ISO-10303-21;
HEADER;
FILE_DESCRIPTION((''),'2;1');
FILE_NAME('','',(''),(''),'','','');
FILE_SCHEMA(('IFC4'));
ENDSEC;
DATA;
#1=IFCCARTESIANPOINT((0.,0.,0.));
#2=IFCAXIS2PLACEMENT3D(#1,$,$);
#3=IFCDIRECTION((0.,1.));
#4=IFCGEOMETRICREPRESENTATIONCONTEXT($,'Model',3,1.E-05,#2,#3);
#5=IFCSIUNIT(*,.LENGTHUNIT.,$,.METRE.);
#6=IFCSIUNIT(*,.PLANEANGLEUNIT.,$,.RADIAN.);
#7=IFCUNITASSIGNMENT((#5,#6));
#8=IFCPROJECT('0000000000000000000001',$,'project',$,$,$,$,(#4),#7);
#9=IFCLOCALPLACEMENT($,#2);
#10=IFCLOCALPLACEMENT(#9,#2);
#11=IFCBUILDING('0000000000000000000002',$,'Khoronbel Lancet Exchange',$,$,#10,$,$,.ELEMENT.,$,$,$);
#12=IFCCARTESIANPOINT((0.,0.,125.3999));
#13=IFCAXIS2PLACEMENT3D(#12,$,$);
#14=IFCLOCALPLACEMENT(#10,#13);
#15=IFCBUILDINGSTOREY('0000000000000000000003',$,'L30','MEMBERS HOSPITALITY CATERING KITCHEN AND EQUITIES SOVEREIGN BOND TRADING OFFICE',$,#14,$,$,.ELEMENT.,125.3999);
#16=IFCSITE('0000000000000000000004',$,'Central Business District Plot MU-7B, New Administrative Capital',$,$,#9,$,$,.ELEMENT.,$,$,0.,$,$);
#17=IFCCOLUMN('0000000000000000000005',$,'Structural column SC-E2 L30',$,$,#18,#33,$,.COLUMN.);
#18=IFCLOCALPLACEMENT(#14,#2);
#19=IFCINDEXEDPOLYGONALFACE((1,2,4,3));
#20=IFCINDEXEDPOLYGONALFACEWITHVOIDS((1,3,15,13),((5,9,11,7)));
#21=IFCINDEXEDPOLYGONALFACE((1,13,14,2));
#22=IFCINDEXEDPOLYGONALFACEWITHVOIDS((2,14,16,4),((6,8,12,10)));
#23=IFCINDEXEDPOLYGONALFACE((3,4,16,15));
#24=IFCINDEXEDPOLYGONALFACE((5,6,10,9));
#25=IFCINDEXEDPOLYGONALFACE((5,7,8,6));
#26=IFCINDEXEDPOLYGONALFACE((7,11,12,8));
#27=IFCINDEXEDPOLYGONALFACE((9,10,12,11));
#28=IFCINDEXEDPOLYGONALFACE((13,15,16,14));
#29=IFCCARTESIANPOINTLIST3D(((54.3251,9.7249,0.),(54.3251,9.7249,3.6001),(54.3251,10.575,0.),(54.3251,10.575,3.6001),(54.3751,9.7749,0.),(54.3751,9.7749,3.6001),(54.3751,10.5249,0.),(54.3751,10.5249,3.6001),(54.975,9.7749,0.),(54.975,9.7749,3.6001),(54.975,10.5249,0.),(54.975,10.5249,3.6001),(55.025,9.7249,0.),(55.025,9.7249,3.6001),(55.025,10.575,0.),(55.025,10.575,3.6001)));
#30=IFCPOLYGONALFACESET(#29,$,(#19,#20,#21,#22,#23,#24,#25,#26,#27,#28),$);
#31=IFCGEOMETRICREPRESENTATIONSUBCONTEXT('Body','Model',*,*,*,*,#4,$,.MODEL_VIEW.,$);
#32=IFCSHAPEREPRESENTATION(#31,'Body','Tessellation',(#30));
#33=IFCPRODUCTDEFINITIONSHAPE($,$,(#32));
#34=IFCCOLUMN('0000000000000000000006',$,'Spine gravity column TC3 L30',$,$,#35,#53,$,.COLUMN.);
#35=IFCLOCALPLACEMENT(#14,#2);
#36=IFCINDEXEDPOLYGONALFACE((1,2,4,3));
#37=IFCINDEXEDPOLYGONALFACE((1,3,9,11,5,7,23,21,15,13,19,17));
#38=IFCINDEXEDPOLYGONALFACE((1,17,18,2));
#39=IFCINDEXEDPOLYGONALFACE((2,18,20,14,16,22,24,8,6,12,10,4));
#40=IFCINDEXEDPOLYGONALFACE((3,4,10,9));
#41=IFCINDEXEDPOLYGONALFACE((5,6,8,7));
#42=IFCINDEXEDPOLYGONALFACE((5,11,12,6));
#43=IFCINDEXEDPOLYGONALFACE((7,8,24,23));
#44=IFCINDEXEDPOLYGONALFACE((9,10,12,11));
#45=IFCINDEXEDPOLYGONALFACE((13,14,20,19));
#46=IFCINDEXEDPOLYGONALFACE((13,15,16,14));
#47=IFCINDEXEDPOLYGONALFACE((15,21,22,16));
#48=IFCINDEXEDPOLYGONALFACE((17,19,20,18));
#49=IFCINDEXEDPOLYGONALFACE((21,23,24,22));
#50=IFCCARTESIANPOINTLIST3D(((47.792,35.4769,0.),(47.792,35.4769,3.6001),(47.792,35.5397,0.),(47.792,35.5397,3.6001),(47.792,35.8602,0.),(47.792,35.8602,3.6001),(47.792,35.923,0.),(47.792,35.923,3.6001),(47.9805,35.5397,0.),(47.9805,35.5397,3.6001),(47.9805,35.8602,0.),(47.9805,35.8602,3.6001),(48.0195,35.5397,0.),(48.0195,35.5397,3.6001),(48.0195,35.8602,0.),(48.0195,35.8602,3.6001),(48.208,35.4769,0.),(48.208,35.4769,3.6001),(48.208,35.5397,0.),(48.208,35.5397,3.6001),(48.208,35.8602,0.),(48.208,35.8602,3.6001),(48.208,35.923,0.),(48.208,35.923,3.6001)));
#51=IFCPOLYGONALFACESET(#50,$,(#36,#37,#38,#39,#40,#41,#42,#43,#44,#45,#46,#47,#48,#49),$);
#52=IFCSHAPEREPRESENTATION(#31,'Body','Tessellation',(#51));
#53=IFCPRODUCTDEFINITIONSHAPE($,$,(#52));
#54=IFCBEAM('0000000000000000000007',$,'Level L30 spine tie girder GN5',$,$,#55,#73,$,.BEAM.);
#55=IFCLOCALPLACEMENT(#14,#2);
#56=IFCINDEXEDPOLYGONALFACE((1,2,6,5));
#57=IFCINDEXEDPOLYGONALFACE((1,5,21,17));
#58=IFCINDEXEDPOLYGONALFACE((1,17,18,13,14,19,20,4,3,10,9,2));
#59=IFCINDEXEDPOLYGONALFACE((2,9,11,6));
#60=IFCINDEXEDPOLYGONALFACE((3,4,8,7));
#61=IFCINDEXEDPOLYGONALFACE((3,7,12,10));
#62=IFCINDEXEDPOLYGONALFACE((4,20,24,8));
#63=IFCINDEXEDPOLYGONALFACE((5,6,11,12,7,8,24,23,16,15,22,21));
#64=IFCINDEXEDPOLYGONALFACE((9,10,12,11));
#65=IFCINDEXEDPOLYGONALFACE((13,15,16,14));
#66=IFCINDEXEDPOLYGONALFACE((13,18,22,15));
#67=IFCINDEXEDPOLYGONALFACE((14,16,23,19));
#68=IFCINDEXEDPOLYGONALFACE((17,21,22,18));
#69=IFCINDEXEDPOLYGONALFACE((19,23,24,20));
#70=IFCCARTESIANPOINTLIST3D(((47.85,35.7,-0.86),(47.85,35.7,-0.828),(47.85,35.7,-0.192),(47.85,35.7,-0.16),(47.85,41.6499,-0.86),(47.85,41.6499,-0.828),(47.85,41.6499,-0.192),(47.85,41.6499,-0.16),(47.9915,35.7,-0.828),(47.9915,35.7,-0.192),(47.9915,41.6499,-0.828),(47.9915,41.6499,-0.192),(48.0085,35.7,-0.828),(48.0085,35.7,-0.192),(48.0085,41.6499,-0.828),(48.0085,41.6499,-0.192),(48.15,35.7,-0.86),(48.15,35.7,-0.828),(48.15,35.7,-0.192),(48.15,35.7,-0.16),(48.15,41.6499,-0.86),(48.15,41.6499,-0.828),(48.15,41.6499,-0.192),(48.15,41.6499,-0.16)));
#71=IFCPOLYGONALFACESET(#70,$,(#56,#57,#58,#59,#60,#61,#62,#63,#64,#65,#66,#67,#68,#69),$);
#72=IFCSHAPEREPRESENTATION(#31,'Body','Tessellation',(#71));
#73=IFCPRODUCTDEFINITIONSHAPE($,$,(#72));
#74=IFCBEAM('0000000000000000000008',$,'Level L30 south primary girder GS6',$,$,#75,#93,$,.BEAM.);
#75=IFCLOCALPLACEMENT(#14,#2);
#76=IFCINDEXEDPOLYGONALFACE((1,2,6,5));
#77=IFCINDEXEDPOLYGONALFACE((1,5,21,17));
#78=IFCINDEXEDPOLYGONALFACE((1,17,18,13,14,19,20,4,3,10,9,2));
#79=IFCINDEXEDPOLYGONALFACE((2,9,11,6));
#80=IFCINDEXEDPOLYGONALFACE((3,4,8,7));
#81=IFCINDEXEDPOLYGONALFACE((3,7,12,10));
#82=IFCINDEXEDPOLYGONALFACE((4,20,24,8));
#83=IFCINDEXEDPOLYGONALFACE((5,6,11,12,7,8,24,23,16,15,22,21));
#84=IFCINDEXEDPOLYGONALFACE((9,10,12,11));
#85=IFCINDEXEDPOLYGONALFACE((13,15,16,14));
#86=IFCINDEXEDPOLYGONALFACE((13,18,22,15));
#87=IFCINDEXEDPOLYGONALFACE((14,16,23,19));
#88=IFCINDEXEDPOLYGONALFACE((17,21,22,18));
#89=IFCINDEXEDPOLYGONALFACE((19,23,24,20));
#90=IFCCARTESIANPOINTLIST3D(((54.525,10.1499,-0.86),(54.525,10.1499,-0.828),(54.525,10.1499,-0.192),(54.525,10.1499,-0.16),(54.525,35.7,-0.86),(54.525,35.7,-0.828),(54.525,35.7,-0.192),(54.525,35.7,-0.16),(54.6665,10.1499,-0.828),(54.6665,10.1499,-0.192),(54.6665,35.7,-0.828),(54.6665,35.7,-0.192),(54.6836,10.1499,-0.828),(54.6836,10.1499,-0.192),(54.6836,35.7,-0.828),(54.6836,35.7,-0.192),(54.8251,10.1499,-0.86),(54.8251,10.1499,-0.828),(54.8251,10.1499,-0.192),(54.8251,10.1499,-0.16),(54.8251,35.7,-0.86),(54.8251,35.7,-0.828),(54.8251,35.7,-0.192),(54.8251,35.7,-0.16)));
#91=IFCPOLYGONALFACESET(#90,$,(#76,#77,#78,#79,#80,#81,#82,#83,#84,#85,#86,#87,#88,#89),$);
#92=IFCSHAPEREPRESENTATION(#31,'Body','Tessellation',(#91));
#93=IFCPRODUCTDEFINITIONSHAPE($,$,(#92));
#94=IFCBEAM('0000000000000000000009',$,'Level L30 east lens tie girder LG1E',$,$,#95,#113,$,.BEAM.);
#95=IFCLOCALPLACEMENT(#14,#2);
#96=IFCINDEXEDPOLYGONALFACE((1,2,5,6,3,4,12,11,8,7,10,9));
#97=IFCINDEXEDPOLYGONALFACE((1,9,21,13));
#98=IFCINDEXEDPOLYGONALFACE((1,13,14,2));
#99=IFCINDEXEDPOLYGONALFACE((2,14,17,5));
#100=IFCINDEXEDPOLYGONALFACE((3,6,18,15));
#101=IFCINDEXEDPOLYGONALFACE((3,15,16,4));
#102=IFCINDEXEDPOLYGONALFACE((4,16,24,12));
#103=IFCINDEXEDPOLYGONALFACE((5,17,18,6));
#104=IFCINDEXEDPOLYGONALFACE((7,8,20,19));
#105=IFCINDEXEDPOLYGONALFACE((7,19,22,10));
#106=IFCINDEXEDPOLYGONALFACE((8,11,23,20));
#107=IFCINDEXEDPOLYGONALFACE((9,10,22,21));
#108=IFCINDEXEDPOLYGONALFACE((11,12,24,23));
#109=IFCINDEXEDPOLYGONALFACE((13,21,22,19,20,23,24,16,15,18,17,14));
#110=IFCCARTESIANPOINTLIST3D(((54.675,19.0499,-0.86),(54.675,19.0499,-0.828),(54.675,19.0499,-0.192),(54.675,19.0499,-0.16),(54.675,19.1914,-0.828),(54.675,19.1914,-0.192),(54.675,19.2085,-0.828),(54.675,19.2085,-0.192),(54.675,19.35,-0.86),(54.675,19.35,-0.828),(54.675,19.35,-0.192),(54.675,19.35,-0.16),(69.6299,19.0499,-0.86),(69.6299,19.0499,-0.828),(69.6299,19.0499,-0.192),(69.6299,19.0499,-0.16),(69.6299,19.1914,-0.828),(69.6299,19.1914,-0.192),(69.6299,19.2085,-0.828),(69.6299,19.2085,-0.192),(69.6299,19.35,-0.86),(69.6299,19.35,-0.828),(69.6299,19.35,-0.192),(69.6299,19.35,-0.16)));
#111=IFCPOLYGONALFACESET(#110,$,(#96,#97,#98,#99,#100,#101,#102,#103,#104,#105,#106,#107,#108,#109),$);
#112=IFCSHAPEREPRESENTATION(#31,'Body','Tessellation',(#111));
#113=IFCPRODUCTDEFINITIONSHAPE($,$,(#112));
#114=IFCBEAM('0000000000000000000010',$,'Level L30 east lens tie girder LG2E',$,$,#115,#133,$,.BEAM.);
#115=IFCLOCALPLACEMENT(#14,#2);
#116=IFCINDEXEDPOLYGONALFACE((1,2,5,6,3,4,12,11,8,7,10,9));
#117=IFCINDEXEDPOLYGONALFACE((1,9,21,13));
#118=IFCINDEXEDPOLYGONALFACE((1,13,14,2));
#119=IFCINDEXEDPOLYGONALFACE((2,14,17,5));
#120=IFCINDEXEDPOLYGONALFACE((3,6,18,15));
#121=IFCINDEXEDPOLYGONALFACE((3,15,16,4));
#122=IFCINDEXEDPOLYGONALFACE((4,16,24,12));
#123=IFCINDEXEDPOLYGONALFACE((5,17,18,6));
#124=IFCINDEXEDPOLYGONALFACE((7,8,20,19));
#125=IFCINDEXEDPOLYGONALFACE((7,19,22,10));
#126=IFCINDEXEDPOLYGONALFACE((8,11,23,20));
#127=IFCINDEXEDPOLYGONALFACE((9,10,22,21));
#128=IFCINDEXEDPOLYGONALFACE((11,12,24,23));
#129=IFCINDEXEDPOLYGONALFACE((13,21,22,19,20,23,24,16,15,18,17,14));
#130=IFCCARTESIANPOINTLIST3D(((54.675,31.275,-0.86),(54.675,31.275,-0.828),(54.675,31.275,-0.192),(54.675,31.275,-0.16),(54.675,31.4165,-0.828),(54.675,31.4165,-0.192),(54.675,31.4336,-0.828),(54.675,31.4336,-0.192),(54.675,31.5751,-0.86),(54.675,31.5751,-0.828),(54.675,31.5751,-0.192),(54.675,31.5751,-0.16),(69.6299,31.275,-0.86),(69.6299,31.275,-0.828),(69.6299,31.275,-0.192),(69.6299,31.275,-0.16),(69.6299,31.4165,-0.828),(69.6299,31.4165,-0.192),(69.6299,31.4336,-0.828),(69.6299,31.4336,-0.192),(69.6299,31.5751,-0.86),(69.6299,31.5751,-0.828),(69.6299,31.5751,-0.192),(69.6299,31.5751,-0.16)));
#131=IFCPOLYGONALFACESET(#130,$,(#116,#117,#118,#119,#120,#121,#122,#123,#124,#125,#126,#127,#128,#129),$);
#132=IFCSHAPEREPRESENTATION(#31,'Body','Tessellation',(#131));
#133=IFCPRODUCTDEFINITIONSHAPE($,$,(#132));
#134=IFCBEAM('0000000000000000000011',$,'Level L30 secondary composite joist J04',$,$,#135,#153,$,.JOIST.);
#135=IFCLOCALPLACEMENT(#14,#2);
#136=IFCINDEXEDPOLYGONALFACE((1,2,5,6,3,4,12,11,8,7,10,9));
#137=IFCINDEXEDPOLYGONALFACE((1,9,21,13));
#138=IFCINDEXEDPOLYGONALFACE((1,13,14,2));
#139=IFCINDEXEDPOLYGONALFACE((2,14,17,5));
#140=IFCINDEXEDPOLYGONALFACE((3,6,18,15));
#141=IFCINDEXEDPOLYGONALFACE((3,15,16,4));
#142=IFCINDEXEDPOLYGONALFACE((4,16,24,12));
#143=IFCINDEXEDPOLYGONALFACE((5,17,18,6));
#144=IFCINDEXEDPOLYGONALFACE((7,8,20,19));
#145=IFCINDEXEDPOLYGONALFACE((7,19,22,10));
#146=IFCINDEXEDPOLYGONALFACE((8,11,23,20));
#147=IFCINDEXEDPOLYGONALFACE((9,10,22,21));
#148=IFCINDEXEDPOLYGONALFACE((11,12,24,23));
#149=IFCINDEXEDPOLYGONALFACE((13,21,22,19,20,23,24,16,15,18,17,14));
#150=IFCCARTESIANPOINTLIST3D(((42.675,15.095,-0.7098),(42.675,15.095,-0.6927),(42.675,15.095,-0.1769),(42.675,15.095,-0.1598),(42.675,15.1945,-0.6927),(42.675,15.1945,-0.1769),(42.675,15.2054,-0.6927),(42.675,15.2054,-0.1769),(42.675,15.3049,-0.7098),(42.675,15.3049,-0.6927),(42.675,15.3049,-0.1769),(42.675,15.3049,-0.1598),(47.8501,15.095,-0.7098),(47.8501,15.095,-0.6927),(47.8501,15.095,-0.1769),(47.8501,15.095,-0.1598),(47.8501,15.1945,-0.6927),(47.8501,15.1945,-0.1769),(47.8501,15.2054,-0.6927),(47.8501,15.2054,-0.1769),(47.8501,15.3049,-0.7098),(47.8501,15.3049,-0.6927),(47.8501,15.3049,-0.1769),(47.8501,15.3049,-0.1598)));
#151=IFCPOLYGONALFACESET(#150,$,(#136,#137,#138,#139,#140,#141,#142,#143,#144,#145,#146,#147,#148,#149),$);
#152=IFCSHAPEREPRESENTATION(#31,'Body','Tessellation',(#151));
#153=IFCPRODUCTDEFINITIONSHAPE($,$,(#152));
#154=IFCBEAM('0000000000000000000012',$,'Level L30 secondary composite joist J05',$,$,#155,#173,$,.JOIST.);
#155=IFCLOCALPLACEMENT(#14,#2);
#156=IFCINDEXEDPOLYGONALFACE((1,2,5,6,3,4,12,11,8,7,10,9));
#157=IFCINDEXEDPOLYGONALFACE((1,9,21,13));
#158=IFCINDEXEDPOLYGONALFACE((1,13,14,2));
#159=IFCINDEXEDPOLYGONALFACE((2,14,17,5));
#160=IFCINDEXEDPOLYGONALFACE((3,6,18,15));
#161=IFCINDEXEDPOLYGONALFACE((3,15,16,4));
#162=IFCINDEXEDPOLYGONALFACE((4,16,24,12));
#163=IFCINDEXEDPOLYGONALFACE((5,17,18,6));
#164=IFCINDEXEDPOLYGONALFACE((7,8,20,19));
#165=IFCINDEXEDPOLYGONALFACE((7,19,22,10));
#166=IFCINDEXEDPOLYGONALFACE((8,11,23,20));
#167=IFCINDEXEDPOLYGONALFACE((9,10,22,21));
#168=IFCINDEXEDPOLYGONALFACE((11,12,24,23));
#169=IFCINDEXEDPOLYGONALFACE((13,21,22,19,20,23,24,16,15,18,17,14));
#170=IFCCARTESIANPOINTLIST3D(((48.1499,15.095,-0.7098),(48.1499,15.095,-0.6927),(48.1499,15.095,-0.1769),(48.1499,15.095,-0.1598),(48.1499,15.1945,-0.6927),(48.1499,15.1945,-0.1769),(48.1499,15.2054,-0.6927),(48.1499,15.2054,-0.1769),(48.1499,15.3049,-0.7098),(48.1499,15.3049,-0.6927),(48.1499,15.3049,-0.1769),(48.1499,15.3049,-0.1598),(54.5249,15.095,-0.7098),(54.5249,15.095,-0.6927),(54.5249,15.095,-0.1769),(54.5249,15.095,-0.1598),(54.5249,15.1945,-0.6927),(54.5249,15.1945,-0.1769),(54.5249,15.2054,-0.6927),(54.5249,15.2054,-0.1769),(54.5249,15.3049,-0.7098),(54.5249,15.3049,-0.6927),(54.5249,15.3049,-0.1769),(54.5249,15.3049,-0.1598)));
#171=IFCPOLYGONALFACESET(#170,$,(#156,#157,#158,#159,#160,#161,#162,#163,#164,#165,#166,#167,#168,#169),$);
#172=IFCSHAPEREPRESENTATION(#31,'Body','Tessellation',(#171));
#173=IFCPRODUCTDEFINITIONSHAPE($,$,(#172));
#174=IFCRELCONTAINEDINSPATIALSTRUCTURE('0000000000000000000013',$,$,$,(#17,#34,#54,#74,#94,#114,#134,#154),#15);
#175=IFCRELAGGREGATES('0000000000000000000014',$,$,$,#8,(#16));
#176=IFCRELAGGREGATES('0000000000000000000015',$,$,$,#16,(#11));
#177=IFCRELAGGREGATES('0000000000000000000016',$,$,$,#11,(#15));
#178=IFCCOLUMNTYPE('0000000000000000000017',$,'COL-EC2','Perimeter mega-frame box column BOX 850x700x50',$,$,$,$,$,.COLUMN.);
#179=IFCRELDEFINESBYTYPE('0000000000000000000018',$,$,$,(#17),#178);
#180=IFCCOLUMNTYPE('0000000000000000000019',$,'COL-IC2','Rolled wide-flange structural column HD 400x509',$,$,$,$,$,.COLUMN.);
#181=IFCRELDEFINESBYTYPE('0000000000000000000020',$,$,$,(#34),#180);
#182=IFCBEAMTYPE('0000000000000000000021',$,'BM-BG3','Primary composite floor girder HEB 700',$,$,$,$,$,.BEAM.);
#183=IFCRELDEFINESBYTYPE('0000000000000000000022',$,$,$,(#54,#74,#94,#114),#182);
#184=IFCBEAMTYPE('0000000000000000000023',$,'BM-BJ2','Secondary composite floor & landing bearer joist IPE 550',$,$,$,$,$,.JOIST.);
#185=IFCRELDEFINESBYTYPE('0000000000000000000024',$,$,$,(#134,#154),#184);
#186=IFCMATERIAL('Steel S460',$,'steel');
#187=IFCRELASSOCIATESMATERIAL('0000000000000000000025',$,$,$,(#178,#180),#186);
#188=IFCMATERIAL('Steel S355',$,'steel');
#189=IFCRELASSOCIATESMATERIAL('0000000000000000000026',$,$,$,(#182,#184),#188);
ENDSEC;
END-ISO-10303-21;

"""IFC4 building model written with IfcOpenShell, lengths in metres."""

from ifc_helpers import new_model, si_unit, direction, frame, origin, origin_2d, place, context, subcontext, project, spatial, hollow_rectangle, i_section, extrude, material, material_profile, profile_set, type_object, element, save


model = new_model("IFC4")

# Units and contexts
model_context = context("Model", 3, precision=1e-05, world=origin(), true_north=direction((0.0, 1.0)))
body_context = subcontext(model_context, "Body", "Model", "MODEL_VIEW")
ifc_project = project(units=[si_unit("LENGTHUNIT", "METRE"), si_unit("PLANEANGLEUNIT", "RADIAN")], contexts=[model_context])

# Site, building, storey
site_placement = place(None, origin())
site = spatial("IfcSite", under=ifc_project, at=site_placement, Name="Central Business District Plot MU-7B, New Administrative Capital", CompositionType="ELEMENT", RefElevation=0.0)
building_placement = place(site_placement, origin())
building = spatial("IfcBuilding", under=site, at=building_placement, Name="Khoronbel Lancet Exchange", CompositionType="ELEMENT")
storey_placement = place(building_placement, frame((0.0, 0.0, 125.3999)))
storey = spatial("IfcBuildingStorey", under=building, at=storey_placement, Name="L30", Description="MEMBERS HOSPITALITY CATERING KITCHEN AND EQUITIES SOVEREIGN BOND TRADING OFFICE", CompositionType="ELEMENT", Elevation=125.3999)

# Columns
ifc_material_1 = material(Name="Steel S460", Category="steel")
ifc_material_profile_1 = material_profile(ifc_material_1, hollow_rectangle(XDim=0.7, YDim=0.8501, WallThickness=0.05, at=origin_2d()), Name="BOX 850x700x50")
ifc_profile_set_1 = profile_set([ifc_material_profile_1], Name="Steel S460")
column_type_1 = type_object("IfcColumnType", Name="COL-EC2", Description="Perimeter mega-frame box column BOX 850x700x50", PredefinedType="COLUMN", material=ifc_profile_set_1)
column_1_placement = place(storey_placement, frame((54.675, 10.1499, 0.0), z_axis=(0.0, 0.0, 1.0), x_axis=(1.0, 0.0, 0.0)))
element("IfcColumn", 1, at=column_1_placement, inside=storey, type_object=column_type_1, Name="Structural column SC-E2 L30", PredefinedType="COLUMN", context=body_context, shape_type="SweptSolid", body=[
    extrude(hollow_rectangle(XDim=0.7, YDim=0.8501, WallThickness=0.05, at=origin_2d()), origin(), (0.0, 0.0, 1.0), 3.6001),
])
ifc_material_profile_2 = material_profile(ifc_material_1, i_section(OverallWidth=0.416, OverallDepth=0.446, WebThickness=0.0391, FlangeThickness=0.0627, at=origin_2d()), Name="HD 400x509")
ifc_profile_set_2 = profile_set([ifc_material_profile_2], Name="Steel S460")
column_type_2 = type_object("IfcColumnType", Name="COL-IC2", Description="Rolled wide-flange structural column HD 400x509", PredefinedType="COLUMN", material=ifc_profile_set_2)
column_2_placement = place(storey_placement, frame((48.0, 35.7, 0.0), z_axis=(0.0, 0.0, 1.0), x_axis=(1.0, 0.0, 0.0)))
element("IfcColumn", 2, at=column_2_placement, inside=storey, type_object=column_type_2, Name="Spine gravity column TC3 L30", PredefinedType="COLUMN", context=body_context, shape_type="SweptSolid", body=[
    extrude(i_section(OverallWidth=0.416, OverallDepth=0.446, WebThickness=0.0391, FlangeThickness=0.0627, at=origin_2d()), origin(), (0.0, 0.0, 1.0), 3.6001),
])

# Beams
ifc_material_2 = material(Name="Steel S355", Category="steel")
ifc_material_profile_3 = material_profile(ifc_material_2, i_section(OverallWidth=0.3, OverallDepth=0.7, WebThickness=0.0171, FlangeThickness=0.032, at=origin_2d()), Name="HEB 700")
ifc_profile_set_3 = profile_set([ifc_material_profile_3], Name="Steel S355")
beam_type_1 = type_object("IfcBeamType", Name="BM-BG3", Description="Primary composite floor girder HEB 700", PredefinedType="BEAM", material=ifc_profile_set_3)
beam_1_placement = place(storey_placement, frame((48.0, 35.7, -0.51), z_axis=(0.0, 1.0, 0.0), x_axis=(-1.0, 0.0, 0.0)))
element("IfcBeam", 3, at=beam_1_placement, inside=storey, type_object=beam_type_1, Name="Level L30 spine tie girder GN5", PredefinedType="BEAM", context=body_context, shape_type="SweptSolid", body=[
    extrude(i_section(OverallWidth=0.3, OverallDepth=0.7, WebThickness=0.0171, FlangeThickness=0.032, at=origin_2d()), origin(), (0.0, 0.0, 1.0), 5.95),
])
beam_2_placement = place(storey_placement, frame((54.675, 10.1499, -0.51), z_axis=(0.0, 1.0, 0.0), x_axis=(-1.0, 0.0, 0.0)))
element("IfcBeam", 4, at=beam_2_placement, inside=storey, type_object=beam_type_1, Name="Level L30 south primary girder GS6", PredefinedType="BEAM", context=body_context, shape_type="SweptSolid", body=[
    extrude(i_section(OverallWidth=0.3, OverallDepth=0.7, WebThickness=0.0171, FlangeThickness=0.032, at=origin_2d()), origin(), (0.0, 0.0, 1.0), 25.55),
])
for number, where, z_axis, x_axis, name in (
    (5, (54.675, 19.2, -0.51), (1.0, 0.0, 0.0), (0.0, 1.0, 0.0), "Level L30 east lens tie girder LG1E"),
    (6, (54.675, 31.425, -0.51), (1.0, 0.0, 0.0), (0.0, 1.0, 0.0), "Level L30 east lens tie girder LG2E"),
):
    element("IfcBeam", number, at=place(storey_placement, frame(where, z_axis=z_axis, x_axis=x_axis)), inside=storey, type_object=beam_type_1, Name=name, PredefinedType="BEAM", context=body_context, shape_type="SweptSolid", body=[
        extrude(i_section(OverallWidth=0.3, OverallDepth=0.7, WebThickness=0.0171, FlangeThickness=0.032, at=origin_2d()), origin(), (0.0, 0.0, 1.0), 14.9548),
    ])
ifc_material_profile_4 = material_profile(ifc_material_2, i_section(OverallWidth=0.21, OverallDepth=0.55, WebThickness=0.011, FlangeThickness=0.0171, at=origin_2d()), Name="IPE 550")
ifc_profile_set_4 = profile_set([ifc_material_profile_4], Name="Steel S355")
beam_type_2 = type_object("IfcBeamType", Name="BM-BJ2", Description="Secondary composite floor & landing bearer joist IPE 550", PredefinedType="JOIST", material=ifc_profile_set_4)
beam_3_placement = place(storey_placement, frame((42.675, 15.2, -0.4348), z_axis=(1.0, 0.0, 0.0), x_axis=(0.0, 1.0, 0.0)))
element("IfcBeam", 7, at=beam_3_placement, inside=storey, type_object=beam_type_2, Name="Level L30 secondary composite joist J04", PredefinedType="JOIST", context=body_context, shape_type="SweptSolid", body=[
    extrude(i_section(OverallWidth=0.21, OverallDepth=0.55, WebThickness=0.011, FlangeThickness=0.0171, at=origin_2d()), origin(), (0.0, 0.0, 1.0), 5.175),
])
beam_4_placement = place(storey_placement, frame((48.1499, 15.2, -0.4348), z_axis=(1.0, 0.0, 0.0), x_axis=(0.0, 1.0, 0.0)))
element("IfcBeam", 8, at=beam_4_placement, inside=storey, type_object=beam_type_2, Name="Level L30 secondary composite joist J05", PredefinedType="JOIST", context=body_context, shape_type="SweptSolid", body=[
    extrude(i_section(OverallWidth=0.21, OverallDepth=0.55, WebThickness=0.011, FlangeThickness=0.0171, at=origin_2d()), origin(), (0.0, 0.0, 1.0), 6.375),
])

save(model, "model.ifc")
